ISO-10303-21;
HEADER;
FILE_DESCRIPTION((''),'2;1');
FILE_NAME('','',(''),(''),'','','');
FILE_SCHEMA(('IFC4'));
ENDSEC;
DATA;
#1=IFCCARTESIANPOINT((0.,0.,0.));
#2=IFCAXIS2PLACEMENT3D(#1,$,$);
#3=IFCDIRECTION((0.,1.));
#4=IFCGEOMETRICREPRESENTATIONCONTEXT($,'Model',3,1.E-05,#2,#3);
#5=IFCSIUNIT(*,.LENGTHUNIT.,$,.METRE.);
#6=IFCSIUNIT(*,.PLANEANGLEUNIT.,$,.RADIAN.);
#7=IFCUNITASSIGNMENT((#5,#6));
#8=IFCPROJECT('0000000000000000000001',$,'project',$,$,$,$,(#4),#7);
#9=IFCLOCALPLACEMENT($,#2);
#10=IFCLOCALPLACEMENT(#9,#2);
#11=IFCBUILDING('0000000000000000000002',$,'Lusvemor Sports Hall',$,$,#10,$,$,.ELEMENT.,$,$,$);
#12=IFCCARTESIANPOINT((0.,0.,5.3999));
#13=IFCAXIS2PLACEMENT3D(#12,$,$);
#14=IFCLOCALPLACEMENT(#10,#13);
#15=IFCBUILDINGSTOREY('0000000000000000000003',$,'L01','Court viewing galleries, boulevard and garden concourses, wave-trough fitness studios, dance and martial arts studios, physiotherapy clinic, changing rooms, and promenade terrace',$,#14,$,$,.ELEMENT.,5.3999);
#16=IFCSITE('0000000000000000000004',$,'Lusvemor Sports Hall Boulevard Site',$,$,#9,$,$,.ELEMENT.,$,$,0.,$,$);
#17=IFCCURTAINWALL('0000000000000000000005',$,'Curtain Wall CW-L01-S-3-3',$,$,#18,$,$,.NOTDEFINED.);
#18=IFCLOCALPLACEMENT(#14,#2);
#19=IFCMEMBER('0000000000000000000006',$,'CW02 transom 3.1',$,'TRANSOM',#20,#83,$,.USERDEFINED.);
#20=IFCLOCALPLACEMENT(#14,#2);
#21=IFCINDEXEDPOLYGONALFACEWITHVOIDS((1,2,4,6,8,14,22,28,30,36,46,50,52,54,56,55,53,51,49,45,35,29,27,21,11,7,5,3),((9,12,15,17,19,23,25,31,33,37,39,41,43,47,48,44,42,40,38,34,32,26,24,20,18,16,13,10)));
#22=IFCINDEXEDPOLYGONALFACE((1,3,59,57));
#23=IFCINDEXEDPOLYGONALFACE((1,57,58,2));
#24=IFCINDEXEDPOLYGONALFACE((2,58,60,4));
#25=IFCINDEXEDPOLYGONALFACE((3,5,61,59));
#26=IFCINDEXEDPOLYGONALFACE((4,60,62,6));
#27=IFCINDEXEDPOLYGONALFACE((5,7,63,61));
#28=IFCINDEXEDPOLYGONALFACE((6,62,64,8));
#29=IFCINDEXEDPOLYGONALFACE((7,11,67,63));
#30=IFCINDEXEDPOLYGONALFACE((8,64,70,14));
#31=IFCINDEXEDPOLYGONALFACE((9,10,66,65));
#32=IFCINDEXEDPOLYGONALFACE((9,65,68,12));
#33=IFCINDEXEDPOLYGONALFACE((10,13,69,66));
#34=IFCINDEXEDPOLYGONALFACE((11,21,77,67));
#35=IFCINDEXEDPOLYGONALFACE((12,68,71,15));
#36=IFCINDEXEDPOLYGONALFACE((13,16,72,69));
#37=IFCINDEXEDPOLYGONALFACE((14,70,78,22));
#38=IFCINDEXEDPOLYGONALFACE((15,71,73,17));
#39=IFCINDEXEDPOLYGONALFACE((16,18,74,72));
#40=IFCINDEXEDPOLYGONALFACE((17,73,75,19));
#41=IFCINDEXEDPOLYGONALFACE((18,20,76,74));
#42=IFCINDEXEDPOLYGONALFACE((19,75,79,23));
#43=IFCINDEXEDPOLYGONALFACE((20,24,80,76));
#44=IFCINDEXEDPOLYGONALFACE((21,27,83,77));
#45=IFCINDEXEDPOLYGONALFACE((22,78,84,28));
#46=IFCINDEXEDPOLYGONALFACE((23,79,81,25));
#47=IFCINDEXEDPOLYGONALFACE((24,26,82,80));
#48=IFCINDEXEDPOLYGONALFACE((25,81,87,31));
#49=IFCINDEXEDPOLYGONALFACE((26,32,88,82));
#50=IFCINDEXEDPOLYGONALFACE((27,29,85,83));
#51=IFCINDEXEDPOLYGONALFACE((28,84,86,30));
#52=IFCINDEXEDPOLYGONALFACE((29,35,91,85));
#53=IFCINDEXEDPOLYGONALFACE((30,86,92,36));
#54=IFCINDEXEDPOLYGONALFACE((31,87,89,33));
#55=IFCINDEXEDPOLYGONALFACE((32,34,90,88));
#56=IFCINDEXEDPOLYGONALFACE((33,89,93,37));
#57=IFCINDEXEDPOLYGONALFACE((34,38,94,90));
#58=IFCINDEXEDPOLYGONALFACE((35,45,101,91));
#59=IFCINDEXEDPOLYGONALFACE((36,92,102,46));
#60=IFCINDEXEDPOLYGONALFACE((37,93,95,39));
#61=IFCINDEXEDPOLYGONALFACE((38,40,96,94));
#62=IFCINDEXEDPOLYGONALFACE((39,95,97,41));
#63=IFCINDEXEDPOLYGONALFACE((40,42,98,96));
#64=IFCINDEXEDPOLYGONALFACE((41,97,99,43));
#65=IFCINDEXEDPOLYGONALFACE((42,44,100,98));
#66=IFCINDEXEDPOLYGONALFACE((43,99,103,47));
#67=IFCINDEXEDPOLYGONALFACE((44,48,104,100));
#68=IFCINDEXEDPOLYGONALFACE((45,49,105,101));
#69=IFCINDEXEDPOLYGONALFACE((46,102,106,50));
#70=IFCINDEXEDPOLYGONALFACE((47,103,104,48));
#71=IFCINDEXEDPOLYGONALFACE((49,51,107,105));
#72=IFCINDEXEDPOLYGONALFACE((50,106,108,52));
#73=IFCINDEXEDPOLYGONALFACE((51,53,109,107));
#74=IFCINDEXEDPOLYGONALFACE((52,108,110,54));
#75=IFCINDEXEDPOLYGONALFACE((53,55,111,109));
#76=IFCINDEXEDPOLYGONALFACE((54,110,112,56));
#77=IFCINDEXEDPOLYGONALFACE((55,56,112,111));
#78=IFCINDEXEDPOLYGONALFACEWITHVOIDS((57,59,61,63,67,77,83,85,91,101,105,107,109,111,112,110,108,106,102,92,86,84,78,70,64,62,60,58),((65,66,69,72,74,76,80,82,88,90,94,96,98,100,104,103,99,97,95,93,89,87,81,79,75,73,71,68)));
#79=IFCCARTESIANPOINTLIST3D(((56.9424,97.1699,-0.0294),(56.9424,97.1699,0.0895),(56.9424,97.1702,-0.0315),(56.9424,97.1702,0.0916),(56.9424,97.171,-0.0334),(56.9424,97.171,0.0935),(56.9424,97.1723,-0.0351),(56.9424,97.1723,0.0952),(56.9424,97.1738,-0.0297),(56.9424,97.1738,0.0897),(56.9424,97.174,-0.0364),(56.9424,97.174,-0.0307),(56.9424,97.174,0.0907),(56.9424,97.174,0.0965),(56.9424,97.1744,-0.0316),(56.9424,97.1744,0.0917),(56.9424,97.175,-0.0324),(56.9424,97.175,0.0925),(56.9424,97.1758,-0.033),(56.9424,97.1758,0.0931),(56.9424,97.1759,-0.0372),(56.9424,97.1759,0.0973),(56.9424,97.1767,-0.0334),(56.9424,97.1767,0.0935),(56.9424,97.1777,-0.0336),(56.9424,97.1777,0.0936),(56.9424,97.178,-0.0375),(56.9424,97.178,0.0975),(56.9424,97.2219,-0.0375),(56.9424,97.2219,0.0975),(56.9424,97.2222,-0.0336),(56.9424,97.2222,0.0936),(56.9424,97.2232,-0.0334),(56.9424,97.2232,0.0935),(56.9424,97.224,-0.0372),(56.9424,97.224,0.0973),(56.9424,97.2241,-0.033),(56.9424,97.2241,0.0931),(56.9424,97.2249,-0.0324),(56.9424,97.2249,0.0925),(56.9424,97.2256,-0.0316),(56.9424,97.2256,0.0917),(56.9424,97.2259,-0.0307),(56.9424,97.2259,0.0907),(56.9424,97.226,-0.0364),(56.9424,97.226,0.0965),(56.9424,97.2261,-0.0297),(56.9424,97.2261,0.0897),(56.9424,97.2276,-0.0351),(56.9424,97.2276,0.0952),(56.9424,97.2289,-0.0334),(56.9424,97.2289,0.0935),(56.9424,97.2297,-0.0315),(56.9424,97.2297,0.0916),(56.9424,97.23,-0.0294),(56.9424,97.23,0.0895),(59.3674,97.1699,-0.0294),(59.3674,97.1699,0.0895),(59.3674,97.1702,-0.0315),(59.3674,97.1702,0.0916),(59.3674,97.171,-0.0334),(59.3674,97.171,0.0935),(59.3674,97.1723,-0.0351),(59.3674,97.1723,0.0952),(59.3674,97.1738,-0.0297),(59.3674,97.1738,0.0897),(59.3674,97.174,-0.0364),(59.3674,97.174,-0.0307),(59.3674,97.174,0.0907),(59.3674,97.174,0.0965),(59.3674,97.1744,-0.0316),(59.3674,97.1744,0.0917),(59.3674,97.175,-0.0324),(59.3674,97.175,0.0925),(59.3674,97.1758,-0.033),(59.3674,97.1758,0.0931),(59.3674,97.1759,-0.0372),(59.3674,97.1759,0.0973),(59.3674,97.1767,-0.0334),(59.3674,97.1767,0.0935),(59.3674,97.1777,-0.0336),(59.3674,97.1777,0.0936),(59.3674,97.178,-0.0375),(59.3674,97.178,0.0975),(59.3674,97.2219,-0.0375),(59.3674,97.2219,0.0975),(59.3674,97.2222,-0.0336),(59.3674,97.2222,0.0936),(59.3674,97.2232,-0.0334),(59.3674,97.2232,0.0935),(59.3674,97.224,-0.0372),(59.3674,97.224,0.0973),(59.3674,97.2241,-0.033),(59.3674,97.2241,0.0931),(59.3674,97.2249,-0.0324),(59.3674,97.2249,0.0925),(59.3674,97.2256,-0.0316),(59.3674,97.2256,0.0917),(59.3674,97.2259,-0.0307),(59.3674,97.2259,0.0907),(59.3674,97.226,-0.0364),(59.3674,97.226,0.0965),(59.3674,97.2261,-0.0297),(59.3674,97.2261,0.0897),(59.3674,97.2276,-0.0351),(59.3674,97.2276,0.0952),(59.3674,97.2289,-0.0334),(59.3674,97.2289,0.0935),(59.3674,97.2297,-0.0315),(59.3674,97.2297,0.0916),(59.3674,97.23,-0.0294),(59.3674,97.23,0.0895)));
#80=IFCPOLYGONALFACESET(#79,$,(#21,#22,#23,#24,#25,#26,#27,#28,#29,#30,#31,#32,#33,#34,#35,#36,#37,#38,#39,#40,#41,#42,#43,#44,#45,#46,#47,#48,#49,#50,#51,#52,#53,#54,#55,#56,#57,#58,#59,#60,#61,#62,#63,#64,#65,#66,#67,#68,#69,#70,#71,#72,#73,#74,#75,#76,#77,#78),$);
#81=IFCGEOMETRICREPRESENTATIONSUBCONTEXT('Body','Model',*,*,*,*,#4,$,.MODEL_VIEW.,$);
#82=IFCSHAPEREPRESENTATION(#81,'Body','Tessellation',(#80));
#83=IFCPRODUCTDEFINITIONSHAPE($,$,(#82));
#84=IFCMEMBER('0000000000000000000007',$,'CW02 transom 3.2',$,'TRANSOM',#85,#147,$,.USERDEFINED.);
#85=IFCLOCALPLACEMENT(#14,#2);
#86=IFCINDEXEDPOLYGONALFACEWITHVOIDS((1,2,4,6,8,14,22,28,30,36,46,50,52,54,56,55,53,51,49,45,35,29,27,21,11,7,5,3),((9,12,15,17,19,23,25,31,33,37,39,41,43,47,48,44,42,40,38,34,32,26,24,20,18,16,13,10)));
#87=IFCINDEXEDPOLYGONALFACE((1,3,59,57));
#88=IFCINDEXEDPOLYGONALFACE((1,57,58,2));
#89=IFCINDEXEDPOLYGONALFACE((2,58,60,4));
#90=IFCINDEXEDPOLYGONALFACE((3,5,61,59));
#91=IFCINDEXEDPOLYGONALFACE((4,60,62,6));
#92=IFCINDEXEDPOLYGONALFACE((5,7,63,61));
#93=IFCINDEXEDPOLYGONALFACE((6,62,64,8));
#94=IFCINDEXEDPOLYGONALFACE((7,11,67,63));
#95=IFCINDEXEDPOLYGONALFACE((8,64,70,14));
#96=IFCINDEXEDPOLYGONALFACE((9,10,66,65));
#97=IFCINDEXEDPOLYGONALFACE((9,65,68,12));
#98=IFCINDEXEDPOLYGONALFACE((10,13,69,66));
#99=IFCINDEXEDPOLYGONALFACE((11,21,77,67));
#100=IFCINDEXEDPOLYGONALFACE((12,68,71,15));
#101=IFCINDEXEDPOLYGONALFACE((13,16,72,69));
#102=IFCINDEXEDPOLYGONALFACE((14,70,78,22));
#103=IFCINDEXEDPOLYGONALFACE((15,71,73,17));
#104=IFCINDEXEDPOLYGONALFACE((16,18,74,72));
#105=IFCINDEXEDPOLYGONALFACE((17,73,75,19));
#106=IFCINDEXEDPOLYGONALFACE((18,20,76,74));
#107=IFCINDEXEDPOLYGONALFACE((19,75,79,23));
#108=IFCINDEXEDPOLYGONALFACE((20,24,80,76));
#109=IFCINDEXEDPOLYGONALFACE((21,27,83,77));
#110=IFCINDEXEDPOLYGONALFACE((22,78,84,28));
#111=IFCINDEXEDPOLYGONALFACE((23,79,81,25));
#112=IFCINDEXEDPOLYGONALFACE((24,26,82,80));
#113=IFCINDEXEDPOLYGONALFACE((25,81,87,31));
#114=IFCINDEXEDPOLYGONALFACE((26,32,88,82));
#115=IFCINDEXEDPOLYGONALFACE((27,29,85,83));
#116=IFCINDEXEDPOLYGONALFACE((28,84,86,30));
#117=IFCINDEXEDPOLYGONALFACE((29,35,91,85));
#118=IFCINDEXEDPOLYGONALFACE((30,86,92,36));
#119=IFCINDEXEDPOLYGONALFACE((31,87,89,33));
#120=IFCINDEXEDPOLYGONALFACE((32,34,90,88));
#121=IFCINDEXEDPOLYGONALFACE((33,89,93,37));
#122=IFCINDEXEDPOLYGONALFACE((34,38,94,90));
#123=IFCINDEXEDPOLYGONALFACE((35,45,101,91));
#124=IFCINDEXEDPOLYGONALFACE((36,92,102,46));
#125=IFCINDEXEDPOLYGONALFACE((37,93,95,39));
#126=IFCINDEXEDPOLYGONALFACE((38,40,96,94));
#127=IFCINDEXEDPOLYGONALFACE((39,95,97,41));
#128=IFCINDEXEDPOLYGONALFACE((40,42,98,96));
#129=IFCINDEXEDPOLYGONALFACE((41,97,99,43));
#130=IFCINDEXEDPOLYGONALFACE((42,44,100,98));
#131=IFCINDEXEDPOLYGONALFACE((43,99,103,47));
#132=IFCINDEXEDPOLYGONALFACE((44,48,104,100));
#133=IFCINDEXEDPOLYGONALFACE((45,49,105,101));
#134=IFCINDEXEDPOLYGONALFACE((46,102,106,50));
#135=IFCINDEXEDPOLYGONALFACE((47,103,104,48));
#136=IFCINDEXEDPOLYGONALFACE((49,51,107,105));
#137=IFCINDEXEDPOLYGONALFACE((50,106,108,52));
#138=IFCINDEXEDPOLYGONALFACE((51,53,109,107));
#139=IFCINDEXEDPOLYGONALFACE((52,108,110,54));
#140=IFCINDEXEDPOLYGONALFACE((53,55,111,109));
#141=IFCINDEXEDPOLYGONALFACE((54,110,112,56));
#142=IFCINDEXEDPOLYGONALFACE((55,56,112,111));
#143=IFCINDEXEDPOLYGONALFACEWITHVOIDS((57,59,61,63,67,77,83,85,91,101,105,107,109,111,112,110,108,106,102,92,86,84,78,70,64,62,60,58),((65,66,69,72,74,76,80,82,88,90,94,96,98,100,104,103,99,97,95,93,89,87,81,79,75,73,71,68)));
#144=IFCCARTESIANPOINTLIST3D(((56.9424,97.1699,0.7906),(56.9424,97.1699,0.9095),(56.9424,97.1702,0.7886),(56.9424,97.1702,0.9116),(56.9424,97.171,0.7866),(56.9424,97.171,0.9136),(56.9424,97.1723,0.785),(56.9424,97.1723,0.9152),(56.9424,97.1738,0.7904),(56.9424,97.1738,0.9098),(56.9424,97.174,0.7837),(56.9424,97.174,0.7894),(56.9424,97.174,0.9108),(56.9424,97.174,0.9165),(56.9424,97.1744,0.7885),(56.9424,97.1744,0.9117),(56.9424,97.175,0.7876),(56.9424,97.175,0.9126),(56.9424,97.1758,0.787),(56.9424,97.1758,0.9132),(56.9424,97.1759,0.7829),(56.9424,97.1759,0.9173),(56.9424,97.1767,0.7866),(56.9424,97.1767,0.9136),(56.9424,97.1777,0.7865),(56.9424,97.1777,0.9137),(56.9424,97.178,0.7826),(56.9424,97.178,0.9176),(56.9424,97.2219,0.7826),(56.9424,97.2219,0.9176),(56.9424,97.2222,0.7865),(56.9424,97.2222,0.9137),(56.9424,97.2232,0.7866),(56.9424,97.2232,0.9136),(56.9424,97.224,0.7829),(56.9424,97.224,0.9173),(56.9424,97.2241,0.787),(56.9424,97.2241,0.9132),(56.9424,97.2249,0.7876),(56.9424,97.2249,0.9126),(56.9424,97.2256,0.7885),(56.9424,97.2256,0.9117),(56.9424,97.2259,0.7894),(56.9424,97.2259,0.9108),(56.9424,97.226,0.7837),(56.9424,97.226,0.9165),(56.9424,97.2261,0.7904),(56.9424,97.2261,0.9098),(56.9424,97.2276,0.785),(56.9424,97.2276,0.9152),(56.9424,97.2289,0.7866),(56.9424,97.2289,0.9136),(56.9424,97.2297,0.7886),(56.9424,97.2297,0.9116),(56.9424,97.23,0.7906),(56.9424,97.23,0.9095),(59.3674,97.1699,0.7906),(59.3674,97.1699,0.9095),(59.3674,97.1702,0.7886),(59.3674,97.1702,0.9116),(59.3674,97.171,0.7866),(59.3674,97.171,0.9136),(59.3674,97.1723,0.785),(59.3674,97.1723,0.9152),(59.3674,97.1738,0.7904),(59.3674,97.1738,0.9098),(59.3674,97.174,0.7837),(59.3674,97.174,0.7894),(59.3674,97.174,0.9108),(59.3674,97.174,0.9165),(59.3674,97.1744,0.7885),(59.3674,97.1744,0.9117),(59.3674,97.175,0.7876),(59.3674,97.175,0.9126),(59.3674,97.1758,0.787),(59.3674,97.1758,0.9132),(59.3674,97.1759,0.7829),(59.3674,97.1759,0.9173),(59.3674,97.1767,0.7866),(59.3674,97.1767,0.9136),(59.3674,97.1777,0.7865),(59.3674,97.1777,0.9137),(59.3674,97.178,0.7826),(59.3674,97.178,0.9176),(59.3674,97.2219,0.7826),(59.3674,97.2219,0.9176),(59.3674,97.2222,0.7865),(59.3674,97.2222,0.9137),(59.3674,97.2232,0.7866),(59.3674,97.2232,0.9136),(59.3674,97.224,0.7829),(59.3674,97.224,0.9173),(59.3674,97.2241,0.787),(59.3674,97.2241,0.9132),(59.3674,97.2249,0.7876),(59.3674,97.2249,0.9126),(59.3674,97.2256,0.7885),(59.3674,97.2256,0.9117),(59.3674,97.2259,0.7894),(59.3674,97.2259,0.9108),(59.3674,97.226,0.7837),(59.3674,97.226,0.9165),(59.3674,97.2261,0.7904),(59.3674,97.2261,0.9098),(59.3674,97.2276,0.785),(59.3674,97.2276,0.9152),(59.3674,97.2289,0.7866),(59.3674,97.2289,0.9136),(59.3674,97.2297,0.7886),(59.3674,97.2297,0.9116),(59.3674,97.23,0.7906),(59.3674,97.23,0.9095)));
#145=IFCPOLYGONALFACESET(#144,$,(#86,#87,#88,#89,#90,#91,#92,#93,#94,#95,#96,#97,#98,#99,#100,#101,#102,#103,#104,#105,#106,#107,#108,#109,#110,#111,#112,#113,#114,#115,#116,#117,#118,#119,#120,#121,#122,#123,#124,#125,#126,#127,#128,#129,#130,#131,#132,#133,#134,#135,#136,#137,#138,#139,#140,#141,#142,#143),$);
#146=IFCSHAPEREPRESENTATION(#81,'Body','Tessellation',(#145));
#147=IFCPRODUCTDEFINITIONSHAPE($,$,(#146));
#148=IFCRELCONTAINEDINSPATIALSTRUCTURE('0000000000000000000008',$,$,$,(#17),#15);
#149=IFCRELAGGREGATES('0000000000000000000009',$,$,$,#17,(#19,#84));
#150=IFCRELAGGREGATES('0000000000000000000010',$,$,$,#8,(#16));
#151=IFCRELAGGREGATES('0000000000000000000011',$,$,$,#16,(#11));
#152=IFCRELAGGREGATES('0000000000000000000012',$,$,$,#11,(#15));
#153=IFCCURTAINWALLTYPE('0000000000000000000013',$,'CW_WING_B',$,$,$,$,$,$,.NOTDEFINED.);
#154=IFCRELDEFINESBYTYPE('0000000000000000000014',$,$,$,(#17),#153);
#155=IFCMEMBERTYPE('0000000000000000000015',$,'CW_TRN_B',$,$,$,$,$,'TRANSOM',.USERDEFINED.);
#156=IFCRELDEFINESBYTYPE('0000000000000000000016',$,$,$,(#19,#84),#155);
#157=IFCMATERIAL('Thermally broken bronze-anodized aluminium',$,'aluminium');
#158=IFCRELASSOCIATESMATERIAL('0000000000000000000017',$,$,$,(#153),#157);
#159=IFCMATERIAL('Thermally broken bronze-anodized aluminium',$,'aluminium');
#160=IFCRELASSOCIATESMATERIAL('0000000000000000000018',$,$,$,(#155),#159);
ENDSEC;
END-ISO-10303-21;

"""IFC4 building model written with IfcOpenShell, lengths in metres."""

from ifc_helpers import new_model, si_unit, direction, frame, origin, origin_2d, place, context, subcontext, project, spatial, hollow_rectangle, extrude, material, material_profile, profile_set, type_object, element, aggregate, save


model = new_model("IFC4")

# Units and contexts
model_context = context("Model", 3, precision=1e-05, world=origin(), true_north=direction((0.0, 1.0)))
body_context = subcontext(model_context, "Body", "Model", "MODEL_VIEW")
ifc_project = project(units=[si_unit("LENGTHUNIT", "METRE"), si_unit("PLANEANGLEUNIT", "RADIAN")], contexts=[model_context])

# Site, building, storey
site_placement = place(None, origin())
site = spatial("IfcSite", under=ifc_project, at=site_placement, Name="Lusvemor Sports Hall Boulevard Site", CompositionType="ELEMENT", RefElevation=0.0)
building_placement = place(site_placement, origin())
building = spatial("IfcBuilding", under=site, at=building_placement, Name="Lusvemor Sports Hall", CompositionType="ELEMENT")
storey_placement = place(building_placement, frame((0.0, 0.0, 5.3999)))
storey = spatial("IfcBuildingStorey", under=building, at=storey_placement, Name="L01", Description="Court viewing galleries, boulevard and garden concourses, wave-trough fitness studios, dance and martial arts studios, physiotherapy clinic, changing rooms, and promenade terrace", CompositionType="ELEMENT", Elevation=5.3999)

# Curtain wall, members
ifc_material_1 = material(Name="Thermally broken bronze-anodized aluminium", Category="aluminium")
curtain_wall_type = type_object("IfcCurtainWallType", Name="CW_WING_B", PredefinedType="NOTDEFINED", material=ifc_material_1)
curtain_wall_placement = place(storey_placement, origin())
curtain_wall = element("IfcCurtainWall", 1, at=curtain_wall_placement, inside=storey, type_object=curtain_wall_type, Name="Curtain Wall CW-L01-S-3-3", PredefinedType="NOTDEFINED")
ifc_material_2 = material(Name="Thermally broken bronze-anodized aluminium", Category="aluminium")
ifc_material_profile_1 = material_profile(ifc_material_2, hollow_rectangle(XDim=0.0601, YDim=0.135, WallThickness=0.0039, InnerFilletRadius=0.0039, OuterFilletRadius=0.0081, at=origin_2d()), Name="CWTRN135x60x4")
ifc_profile_set_1 = profile_set([ifc_material_profile_1], Name="Thermally broken bronze-anodized aluminium")
member_type_1 = type_object("IfcMemberType", Name="CW_TRN_B", ElementType="TRANSOM", PredefinedType="USERDEFINED", material=ifc_profile_set_1)
member_1_placement = place(storey_placement, frame((59.3674, 97.2, 0.03), z_axis=(-1.0, 0.0, 0.0), x_axis=(0.0, -1.0, 0.0)))
member_1 = element("IfcMember", 2, at=member_1_placement, type_object=member_type_1, Name="CW02 transom 3.1", ObjectType="TRANSOM", PredefinedType="USERDEFINED", context=body_context, shape_type="SweptSolid", body=[
    extrude(hollow_rectangle(XDim=0.0601, YDim=0.135, WallThickness=0.0039, InnerFilletRadius=0.0039, OuterFilletRadius=0.0081, at=origin_2d()), origin(), (0.0, 0.0, 1.0), 2.425),
])
member_2_placement = place(storey_placement, frame((59.3674, 97.2, 0.8501), z_axis=(-1.0, 0.0, 0.0), x_axis=(0.0, -1.0, 0.0)))
member_2 = element("IfcMember", 3, at=member_2_placement, type_object=member_type_1, Name="CW02 transom 3.2", ObjectType="TRANSOM", PredefinedType="USERDEFINED", context=body_context, shape_type="SweptSolid", body=[
    extrude(hollow_rectangle(XDim=0.0601, YDim=0.135, WallThickness=0.0039, InnerFilletRadius=0.0039, OuterFilletRadius=0.0081, at=origin_2d()), origin(), (0.0, 0.0, 1.0), 2.425),
])
aggregate(curtain_wall, [member_1, member_2])

save(model, "model.ifc")
